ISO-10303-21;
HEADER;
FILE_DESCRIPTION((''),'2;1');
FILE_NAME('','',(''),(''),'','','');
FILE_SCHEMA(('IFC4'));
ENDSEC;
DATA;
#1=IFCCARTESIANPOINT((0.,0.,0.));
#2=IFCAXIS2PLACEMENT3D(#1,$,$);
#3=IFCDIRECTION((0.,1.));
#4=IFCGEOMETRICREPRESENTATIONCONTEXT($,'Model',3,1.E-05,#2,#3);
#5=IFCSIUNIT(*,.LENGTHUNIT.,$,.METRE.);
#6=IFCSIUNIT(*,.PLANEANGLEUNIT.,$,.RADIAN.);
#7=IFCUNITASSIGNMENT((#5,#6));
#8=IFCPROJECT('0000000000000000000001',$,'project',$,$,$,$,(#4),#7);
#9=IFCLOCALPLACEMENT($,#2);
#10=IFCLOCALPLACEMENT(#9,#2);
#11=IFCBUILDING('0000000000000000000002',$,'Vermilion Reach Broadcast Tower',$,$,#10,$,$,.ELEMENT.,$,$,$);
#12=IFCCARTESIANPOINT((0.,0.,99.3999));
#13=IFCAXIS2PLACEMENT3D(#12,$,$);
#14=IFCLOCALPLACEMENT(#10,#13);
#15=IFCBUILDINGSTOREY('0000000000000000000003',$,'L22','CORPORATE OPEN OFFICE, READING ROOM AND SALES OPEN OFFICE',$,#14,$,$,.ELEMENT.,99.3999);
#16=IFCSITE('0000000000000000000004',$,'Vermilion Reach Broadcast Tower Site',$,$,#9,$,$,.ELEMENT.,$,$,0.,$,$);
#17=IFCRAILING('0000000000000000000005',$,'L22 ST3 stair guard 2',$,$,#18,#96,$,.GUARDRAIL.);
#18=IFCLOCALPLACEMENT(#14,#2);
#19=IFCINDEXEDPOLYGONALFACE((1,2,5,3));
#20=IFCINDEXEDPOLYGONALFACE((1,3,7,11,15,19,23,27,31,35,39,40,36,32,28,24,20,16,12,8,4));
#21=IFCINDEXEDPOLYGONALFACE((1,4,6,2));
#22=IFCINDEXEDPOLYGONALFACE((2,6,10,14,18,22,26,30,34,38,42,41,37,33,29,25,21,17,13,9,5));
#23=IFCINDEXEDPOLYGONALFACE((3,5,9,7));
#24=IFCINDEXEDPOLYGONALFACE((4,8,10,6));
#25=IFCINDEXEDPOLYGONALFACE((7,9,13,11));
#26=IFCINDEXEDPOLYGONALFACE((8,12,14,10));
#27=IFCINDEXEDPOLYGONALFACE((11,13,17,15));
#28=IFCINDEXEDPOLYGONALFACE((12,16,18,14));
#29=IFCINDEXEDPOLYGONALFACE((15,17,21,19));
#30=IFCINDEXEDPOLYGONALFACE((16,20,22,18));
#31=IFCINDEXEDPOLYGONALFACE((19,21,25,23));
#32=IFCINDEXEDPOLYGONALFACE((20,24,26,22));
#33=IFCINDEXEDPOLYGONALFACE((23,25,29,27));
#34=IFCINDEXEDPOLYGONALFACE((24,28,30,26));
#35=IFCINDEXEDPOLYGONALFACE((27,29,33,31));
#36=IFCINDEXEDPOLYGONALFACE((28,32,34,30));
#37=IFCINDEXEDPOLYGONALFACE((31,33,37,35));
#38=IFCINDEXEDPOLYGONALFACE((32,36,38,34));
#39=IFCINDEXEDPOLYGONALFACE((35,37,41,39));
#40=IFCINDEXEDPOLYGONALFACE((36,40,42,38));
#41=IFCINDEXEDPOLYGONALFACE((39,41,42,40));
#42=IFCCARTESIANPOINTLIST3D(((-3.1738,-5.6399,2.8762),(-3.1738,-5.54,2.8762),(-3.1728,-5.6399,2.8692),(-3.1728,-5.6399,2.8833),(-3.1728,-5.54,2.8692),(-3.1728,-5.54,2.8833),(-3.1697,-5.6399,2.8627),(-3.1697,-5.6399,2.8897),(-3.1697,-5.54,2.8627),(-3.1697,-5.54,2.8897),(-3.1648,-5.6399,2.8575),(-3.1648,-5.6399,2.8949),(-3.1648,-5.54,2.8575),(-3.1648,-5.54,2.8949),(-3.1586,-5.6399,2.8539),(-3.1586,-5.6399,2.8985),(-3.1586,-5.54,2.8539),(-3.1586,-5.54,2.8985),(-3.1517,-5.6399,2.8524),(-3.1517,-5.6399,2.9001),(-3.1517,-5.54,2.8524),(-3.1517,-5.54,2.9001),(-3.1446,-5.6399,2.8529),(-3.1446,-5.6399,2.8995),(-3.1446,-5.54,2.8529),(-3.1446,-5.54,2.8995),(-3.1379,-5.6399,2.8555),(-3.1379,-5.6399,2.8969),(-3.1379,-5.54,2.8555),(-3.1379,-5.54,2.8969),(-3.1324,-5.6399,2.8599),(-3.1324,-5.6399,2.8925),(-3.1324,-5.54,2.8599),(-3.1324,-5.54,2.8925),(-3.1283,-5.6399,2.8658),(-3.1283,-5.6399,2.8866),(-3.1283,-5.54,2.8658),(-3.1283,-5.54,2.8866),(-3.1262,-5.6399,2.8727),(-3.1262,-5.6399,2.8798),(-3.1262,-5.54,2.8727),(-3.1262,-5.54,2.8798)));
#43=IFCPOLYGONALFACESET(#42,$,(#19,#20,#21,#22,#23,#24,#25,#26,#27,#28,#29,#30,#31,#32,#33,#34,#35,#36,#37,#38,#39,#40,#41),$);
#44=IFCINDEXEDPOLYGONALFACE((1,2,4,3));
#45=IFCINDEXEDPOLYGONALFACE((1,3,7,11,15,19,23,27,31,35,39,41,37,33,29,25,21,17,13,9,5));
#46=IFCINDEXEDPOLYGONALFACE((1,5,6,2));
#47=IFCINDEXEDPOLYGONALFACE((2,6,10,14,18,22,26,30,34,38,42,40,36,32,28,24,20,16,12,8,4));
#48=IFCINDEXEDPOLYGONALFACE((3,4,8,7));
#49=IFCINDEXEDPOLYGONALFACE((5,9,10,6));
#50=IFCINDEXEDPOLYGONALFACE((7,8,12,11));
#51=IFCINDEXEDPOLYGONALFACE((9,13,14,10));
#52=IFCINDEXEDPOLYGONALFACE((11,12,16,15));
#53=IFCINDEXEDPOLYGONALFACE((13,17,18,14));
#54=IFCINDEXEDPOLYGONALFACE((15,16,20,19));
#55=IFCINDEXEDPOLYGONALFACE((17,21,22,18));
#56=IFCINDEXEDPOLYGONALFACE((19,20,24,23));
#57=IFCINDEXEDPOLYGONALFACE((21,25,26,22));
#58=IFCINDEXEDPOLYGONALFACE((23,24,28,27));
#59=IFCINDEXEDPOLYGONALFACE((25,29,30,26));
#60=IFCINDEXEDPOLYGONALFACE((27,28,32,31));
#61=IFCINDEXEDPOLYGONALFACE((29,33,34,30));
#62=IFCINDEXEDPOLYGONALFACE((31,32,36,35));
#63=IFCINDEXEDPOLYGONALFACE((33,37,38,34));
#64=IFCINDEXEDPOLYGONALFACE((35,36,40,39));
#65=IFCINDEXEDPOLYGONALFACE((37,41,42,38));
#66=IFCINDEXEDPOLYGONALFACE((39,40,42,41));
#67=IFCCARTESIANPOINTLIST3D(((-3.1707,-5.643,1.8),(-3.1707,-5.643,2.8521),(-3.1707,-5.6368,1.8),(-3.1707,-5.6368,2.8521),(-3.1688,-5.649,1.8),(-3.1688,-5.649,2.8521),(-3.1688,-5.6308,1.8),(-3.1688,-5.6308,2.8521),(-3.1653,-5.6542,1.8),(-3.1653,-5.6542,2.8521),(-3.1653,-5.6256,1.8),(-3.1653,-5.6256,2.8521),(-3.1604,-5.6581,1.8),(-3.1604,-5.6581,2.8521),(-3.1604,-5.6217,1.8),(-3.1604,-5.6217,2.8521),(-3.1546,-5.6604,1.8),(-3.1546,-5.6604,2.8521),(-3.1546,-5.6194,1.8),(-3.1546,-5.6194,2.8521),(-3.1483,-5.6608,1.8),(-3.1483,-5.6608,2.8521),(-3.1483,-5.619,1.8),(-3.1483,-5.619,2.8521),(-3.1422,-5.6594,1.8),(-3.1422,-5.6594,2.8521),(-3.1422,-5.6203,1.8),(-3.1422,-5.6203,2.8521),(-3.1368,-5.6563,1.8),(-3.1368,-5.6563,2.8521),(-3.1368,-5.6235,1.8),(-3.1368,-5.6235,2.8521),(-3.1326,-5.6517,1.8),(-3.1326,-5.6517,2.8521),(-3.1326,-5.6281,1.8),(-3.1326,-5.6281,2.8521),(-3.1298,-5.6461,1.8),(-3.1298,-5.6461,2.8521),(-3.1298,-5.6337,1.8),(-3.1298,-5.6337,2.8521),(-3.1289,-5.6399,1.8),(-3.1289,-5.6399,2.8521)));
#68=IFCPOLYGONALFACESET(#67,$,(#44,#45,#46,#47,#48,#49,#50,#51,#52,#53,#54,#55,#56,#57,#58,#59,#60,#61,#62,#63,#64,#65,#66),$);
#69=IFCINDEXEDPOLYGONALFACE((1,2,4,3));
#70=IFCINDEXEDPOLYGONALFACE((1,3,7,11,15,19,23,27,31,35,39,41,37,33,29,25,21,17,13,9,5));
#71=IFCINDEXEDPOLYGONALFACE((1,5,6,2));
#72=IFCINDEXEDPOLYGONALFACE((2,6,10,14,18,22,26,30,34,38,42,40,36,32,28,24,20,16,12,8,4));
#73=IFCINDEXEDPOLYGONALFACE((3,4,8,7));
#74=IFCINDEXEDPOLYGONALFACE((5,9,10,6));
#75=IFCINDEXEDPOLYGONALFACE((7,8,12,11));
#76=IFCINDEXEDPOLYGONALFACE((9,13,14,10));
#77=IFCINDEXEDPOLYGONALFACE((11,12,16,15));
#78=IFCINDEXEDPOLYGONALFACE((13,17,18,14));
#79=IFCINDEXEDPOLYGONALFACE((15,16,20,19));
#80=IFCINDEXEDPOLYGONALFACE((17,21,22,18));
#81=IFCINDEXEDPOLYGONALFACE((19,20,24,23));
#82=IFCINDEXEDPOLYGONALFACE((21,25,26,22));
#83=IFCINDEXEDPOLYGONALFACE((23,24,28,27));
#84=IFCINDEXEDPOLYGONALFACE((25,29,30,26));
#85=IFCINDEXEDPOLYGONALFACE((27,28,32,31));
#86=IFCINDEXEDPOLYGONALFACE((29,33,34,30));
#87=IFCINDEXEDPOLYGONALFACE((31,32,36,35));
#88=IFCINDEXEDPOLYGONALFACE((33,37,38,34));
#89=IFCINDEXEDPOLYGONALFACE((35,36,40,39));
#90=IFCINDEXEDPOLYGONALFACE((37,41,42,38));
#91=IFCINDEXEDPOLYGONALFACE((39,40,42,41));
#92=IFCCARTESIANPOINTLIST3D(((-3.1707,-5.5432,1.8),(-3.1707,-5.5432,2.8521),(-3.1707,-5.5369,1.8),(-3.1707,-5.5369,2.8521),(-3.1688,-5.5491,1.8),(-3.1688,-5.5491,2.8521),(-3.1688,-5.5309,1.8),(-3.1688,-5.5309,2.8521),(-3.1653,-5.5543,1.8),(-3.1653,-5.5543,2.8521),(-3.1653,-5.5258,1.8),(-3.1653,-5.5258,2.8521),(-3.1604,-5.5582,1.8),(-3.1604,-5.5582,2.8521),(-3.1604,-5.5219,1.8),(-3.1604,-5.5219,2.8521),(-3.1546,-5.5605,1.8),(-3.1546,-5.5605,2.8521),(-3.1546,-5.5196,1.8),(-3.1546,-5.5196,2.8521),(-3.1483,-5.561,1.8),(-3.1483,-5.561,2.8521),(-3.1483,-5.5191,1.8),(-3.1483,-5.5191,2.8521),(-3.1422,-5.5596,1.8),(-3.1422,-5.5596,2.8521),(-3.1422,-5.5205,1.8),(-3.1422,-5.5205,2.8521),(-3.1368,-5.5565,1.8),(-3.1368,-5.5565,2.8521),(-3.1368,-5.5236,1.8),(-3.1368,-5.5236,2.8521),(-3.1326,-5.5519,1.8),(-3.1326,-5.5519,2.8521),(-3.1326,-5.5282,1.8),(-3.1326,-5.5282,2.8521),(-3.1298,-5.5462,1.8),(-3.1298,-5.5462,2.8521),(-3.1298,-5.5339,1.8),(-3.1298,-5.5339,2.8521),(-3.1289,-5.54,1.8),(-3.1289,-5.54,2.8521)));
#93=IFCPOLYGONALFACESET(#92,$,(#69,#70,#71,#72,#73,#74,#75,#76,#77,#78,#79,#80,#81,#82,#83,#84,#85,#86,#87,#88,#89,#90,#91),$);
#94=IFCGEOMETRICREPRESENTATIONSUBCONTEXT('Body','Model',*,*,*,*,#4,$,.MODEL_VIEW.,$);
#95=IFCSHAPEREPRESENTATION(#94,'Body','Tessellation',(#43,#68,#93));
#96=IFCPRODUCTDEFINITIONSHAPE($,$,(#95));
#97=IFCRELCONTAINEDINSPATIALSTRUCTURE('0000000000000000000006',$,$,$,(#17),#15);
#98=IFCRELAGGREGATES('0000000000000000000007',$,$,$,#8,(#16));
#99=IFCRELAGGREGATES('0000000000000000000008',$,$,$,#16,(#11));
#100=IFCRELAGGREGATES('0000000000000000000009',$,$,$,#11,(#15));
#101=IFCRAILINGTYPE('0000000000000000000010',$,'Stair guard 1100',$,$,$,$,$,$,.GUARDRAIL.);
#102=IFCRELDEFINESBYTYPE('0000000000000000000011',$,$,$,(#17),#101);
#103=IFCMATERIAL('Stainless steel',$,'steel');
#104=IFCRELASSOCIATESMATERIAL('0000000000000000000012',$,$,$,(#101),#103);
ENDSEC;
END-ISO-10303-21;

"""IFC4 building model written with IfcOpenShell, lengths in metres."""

from ifc_helpers import new_model, si_unit, direction, frame, origin, origin_2d, place, context, subcontext, project, spatial, circle, extrude, material, type_object, element, save


model = new_model("IFC4")

# Units and contexts
model_context = context("Model", 3, precision=1e-05, world=origin(), true_north=direction((0.0, 1.0)))
body_context = subcontext(model_context, "Body", "Model", "MODEL_VIEW")
ifc_project = project(units=[si_unit("LENGTHUNIT", "METRE"), si_unit("PLANEANGLEUNIT", "RADIAN")], contexts=[model_context])

# Site, building, storey
site_placement = place(None, origin())
site = spatial("IfcSite", under=ifc_project, at=site_placement, Name="Vermilion Reach Broadcast Tower Site", CompositionType="ELEMENT", RefElevation=0.0)
building_placement = place(site_placement, origin())
building = spatial("IfcBuilding", under=site, at=building_placement, Name="Vermilion Reach Broadcast Tower", CompositionType="ELEMENT")
storey_placement = place(building_placement, frame((0.0, 0.0, 99.3999)))
storey = spatial("IfcBuildingStorey", under=building, at=storey_placement, Name="L22", Description="CORPORATE OPEN OFFICE, READING ROOM AND SALES OPEN OFFICE", CompositionType="ELEMENT", Elevation=99.3999)

# Railing
ifc_material_1 = material(Name="Stainless steel", Category="steel")
railing_type_1 = type_object("IfcRailingType", Name="Stair guard 1100", PredefinedType="GUARDRAIL", material=ifc_material_1)
railing_1_placement = place(storey_placement, frame((-3.1499, -5.6399, 1.8)))
element("IfcRailing", 1, at=railing_1_placement, inside=storey, type_object=railing_type_1, Name="L22 ST3 stair guard 2", PredefinedType="GUARDRAIL", context=body_context, shape_type="SweptSolid", body=[
    extrude(circle(Radius=0.0239, at=origin_2d()), frame((0.0, 0.0, 1.0762), z_axis=(0.0, 1.0, 0.0), x_axis=(-1.0, 0.0, 0.0)), (0.0, 0.0, 1.0), 0.0999),
    extrude(circle(Radius=0.021, at=origin_2d()), origin(), (0.0, 0.0, 1.0), 1.052),
    extrude(circle(Radius=0.021, at=origin_2d()), frame((0.0, 0.0999, 0.0)), (0.0, 0.0, 1.0), 1.052),
])

save(model, "model.ifc")
